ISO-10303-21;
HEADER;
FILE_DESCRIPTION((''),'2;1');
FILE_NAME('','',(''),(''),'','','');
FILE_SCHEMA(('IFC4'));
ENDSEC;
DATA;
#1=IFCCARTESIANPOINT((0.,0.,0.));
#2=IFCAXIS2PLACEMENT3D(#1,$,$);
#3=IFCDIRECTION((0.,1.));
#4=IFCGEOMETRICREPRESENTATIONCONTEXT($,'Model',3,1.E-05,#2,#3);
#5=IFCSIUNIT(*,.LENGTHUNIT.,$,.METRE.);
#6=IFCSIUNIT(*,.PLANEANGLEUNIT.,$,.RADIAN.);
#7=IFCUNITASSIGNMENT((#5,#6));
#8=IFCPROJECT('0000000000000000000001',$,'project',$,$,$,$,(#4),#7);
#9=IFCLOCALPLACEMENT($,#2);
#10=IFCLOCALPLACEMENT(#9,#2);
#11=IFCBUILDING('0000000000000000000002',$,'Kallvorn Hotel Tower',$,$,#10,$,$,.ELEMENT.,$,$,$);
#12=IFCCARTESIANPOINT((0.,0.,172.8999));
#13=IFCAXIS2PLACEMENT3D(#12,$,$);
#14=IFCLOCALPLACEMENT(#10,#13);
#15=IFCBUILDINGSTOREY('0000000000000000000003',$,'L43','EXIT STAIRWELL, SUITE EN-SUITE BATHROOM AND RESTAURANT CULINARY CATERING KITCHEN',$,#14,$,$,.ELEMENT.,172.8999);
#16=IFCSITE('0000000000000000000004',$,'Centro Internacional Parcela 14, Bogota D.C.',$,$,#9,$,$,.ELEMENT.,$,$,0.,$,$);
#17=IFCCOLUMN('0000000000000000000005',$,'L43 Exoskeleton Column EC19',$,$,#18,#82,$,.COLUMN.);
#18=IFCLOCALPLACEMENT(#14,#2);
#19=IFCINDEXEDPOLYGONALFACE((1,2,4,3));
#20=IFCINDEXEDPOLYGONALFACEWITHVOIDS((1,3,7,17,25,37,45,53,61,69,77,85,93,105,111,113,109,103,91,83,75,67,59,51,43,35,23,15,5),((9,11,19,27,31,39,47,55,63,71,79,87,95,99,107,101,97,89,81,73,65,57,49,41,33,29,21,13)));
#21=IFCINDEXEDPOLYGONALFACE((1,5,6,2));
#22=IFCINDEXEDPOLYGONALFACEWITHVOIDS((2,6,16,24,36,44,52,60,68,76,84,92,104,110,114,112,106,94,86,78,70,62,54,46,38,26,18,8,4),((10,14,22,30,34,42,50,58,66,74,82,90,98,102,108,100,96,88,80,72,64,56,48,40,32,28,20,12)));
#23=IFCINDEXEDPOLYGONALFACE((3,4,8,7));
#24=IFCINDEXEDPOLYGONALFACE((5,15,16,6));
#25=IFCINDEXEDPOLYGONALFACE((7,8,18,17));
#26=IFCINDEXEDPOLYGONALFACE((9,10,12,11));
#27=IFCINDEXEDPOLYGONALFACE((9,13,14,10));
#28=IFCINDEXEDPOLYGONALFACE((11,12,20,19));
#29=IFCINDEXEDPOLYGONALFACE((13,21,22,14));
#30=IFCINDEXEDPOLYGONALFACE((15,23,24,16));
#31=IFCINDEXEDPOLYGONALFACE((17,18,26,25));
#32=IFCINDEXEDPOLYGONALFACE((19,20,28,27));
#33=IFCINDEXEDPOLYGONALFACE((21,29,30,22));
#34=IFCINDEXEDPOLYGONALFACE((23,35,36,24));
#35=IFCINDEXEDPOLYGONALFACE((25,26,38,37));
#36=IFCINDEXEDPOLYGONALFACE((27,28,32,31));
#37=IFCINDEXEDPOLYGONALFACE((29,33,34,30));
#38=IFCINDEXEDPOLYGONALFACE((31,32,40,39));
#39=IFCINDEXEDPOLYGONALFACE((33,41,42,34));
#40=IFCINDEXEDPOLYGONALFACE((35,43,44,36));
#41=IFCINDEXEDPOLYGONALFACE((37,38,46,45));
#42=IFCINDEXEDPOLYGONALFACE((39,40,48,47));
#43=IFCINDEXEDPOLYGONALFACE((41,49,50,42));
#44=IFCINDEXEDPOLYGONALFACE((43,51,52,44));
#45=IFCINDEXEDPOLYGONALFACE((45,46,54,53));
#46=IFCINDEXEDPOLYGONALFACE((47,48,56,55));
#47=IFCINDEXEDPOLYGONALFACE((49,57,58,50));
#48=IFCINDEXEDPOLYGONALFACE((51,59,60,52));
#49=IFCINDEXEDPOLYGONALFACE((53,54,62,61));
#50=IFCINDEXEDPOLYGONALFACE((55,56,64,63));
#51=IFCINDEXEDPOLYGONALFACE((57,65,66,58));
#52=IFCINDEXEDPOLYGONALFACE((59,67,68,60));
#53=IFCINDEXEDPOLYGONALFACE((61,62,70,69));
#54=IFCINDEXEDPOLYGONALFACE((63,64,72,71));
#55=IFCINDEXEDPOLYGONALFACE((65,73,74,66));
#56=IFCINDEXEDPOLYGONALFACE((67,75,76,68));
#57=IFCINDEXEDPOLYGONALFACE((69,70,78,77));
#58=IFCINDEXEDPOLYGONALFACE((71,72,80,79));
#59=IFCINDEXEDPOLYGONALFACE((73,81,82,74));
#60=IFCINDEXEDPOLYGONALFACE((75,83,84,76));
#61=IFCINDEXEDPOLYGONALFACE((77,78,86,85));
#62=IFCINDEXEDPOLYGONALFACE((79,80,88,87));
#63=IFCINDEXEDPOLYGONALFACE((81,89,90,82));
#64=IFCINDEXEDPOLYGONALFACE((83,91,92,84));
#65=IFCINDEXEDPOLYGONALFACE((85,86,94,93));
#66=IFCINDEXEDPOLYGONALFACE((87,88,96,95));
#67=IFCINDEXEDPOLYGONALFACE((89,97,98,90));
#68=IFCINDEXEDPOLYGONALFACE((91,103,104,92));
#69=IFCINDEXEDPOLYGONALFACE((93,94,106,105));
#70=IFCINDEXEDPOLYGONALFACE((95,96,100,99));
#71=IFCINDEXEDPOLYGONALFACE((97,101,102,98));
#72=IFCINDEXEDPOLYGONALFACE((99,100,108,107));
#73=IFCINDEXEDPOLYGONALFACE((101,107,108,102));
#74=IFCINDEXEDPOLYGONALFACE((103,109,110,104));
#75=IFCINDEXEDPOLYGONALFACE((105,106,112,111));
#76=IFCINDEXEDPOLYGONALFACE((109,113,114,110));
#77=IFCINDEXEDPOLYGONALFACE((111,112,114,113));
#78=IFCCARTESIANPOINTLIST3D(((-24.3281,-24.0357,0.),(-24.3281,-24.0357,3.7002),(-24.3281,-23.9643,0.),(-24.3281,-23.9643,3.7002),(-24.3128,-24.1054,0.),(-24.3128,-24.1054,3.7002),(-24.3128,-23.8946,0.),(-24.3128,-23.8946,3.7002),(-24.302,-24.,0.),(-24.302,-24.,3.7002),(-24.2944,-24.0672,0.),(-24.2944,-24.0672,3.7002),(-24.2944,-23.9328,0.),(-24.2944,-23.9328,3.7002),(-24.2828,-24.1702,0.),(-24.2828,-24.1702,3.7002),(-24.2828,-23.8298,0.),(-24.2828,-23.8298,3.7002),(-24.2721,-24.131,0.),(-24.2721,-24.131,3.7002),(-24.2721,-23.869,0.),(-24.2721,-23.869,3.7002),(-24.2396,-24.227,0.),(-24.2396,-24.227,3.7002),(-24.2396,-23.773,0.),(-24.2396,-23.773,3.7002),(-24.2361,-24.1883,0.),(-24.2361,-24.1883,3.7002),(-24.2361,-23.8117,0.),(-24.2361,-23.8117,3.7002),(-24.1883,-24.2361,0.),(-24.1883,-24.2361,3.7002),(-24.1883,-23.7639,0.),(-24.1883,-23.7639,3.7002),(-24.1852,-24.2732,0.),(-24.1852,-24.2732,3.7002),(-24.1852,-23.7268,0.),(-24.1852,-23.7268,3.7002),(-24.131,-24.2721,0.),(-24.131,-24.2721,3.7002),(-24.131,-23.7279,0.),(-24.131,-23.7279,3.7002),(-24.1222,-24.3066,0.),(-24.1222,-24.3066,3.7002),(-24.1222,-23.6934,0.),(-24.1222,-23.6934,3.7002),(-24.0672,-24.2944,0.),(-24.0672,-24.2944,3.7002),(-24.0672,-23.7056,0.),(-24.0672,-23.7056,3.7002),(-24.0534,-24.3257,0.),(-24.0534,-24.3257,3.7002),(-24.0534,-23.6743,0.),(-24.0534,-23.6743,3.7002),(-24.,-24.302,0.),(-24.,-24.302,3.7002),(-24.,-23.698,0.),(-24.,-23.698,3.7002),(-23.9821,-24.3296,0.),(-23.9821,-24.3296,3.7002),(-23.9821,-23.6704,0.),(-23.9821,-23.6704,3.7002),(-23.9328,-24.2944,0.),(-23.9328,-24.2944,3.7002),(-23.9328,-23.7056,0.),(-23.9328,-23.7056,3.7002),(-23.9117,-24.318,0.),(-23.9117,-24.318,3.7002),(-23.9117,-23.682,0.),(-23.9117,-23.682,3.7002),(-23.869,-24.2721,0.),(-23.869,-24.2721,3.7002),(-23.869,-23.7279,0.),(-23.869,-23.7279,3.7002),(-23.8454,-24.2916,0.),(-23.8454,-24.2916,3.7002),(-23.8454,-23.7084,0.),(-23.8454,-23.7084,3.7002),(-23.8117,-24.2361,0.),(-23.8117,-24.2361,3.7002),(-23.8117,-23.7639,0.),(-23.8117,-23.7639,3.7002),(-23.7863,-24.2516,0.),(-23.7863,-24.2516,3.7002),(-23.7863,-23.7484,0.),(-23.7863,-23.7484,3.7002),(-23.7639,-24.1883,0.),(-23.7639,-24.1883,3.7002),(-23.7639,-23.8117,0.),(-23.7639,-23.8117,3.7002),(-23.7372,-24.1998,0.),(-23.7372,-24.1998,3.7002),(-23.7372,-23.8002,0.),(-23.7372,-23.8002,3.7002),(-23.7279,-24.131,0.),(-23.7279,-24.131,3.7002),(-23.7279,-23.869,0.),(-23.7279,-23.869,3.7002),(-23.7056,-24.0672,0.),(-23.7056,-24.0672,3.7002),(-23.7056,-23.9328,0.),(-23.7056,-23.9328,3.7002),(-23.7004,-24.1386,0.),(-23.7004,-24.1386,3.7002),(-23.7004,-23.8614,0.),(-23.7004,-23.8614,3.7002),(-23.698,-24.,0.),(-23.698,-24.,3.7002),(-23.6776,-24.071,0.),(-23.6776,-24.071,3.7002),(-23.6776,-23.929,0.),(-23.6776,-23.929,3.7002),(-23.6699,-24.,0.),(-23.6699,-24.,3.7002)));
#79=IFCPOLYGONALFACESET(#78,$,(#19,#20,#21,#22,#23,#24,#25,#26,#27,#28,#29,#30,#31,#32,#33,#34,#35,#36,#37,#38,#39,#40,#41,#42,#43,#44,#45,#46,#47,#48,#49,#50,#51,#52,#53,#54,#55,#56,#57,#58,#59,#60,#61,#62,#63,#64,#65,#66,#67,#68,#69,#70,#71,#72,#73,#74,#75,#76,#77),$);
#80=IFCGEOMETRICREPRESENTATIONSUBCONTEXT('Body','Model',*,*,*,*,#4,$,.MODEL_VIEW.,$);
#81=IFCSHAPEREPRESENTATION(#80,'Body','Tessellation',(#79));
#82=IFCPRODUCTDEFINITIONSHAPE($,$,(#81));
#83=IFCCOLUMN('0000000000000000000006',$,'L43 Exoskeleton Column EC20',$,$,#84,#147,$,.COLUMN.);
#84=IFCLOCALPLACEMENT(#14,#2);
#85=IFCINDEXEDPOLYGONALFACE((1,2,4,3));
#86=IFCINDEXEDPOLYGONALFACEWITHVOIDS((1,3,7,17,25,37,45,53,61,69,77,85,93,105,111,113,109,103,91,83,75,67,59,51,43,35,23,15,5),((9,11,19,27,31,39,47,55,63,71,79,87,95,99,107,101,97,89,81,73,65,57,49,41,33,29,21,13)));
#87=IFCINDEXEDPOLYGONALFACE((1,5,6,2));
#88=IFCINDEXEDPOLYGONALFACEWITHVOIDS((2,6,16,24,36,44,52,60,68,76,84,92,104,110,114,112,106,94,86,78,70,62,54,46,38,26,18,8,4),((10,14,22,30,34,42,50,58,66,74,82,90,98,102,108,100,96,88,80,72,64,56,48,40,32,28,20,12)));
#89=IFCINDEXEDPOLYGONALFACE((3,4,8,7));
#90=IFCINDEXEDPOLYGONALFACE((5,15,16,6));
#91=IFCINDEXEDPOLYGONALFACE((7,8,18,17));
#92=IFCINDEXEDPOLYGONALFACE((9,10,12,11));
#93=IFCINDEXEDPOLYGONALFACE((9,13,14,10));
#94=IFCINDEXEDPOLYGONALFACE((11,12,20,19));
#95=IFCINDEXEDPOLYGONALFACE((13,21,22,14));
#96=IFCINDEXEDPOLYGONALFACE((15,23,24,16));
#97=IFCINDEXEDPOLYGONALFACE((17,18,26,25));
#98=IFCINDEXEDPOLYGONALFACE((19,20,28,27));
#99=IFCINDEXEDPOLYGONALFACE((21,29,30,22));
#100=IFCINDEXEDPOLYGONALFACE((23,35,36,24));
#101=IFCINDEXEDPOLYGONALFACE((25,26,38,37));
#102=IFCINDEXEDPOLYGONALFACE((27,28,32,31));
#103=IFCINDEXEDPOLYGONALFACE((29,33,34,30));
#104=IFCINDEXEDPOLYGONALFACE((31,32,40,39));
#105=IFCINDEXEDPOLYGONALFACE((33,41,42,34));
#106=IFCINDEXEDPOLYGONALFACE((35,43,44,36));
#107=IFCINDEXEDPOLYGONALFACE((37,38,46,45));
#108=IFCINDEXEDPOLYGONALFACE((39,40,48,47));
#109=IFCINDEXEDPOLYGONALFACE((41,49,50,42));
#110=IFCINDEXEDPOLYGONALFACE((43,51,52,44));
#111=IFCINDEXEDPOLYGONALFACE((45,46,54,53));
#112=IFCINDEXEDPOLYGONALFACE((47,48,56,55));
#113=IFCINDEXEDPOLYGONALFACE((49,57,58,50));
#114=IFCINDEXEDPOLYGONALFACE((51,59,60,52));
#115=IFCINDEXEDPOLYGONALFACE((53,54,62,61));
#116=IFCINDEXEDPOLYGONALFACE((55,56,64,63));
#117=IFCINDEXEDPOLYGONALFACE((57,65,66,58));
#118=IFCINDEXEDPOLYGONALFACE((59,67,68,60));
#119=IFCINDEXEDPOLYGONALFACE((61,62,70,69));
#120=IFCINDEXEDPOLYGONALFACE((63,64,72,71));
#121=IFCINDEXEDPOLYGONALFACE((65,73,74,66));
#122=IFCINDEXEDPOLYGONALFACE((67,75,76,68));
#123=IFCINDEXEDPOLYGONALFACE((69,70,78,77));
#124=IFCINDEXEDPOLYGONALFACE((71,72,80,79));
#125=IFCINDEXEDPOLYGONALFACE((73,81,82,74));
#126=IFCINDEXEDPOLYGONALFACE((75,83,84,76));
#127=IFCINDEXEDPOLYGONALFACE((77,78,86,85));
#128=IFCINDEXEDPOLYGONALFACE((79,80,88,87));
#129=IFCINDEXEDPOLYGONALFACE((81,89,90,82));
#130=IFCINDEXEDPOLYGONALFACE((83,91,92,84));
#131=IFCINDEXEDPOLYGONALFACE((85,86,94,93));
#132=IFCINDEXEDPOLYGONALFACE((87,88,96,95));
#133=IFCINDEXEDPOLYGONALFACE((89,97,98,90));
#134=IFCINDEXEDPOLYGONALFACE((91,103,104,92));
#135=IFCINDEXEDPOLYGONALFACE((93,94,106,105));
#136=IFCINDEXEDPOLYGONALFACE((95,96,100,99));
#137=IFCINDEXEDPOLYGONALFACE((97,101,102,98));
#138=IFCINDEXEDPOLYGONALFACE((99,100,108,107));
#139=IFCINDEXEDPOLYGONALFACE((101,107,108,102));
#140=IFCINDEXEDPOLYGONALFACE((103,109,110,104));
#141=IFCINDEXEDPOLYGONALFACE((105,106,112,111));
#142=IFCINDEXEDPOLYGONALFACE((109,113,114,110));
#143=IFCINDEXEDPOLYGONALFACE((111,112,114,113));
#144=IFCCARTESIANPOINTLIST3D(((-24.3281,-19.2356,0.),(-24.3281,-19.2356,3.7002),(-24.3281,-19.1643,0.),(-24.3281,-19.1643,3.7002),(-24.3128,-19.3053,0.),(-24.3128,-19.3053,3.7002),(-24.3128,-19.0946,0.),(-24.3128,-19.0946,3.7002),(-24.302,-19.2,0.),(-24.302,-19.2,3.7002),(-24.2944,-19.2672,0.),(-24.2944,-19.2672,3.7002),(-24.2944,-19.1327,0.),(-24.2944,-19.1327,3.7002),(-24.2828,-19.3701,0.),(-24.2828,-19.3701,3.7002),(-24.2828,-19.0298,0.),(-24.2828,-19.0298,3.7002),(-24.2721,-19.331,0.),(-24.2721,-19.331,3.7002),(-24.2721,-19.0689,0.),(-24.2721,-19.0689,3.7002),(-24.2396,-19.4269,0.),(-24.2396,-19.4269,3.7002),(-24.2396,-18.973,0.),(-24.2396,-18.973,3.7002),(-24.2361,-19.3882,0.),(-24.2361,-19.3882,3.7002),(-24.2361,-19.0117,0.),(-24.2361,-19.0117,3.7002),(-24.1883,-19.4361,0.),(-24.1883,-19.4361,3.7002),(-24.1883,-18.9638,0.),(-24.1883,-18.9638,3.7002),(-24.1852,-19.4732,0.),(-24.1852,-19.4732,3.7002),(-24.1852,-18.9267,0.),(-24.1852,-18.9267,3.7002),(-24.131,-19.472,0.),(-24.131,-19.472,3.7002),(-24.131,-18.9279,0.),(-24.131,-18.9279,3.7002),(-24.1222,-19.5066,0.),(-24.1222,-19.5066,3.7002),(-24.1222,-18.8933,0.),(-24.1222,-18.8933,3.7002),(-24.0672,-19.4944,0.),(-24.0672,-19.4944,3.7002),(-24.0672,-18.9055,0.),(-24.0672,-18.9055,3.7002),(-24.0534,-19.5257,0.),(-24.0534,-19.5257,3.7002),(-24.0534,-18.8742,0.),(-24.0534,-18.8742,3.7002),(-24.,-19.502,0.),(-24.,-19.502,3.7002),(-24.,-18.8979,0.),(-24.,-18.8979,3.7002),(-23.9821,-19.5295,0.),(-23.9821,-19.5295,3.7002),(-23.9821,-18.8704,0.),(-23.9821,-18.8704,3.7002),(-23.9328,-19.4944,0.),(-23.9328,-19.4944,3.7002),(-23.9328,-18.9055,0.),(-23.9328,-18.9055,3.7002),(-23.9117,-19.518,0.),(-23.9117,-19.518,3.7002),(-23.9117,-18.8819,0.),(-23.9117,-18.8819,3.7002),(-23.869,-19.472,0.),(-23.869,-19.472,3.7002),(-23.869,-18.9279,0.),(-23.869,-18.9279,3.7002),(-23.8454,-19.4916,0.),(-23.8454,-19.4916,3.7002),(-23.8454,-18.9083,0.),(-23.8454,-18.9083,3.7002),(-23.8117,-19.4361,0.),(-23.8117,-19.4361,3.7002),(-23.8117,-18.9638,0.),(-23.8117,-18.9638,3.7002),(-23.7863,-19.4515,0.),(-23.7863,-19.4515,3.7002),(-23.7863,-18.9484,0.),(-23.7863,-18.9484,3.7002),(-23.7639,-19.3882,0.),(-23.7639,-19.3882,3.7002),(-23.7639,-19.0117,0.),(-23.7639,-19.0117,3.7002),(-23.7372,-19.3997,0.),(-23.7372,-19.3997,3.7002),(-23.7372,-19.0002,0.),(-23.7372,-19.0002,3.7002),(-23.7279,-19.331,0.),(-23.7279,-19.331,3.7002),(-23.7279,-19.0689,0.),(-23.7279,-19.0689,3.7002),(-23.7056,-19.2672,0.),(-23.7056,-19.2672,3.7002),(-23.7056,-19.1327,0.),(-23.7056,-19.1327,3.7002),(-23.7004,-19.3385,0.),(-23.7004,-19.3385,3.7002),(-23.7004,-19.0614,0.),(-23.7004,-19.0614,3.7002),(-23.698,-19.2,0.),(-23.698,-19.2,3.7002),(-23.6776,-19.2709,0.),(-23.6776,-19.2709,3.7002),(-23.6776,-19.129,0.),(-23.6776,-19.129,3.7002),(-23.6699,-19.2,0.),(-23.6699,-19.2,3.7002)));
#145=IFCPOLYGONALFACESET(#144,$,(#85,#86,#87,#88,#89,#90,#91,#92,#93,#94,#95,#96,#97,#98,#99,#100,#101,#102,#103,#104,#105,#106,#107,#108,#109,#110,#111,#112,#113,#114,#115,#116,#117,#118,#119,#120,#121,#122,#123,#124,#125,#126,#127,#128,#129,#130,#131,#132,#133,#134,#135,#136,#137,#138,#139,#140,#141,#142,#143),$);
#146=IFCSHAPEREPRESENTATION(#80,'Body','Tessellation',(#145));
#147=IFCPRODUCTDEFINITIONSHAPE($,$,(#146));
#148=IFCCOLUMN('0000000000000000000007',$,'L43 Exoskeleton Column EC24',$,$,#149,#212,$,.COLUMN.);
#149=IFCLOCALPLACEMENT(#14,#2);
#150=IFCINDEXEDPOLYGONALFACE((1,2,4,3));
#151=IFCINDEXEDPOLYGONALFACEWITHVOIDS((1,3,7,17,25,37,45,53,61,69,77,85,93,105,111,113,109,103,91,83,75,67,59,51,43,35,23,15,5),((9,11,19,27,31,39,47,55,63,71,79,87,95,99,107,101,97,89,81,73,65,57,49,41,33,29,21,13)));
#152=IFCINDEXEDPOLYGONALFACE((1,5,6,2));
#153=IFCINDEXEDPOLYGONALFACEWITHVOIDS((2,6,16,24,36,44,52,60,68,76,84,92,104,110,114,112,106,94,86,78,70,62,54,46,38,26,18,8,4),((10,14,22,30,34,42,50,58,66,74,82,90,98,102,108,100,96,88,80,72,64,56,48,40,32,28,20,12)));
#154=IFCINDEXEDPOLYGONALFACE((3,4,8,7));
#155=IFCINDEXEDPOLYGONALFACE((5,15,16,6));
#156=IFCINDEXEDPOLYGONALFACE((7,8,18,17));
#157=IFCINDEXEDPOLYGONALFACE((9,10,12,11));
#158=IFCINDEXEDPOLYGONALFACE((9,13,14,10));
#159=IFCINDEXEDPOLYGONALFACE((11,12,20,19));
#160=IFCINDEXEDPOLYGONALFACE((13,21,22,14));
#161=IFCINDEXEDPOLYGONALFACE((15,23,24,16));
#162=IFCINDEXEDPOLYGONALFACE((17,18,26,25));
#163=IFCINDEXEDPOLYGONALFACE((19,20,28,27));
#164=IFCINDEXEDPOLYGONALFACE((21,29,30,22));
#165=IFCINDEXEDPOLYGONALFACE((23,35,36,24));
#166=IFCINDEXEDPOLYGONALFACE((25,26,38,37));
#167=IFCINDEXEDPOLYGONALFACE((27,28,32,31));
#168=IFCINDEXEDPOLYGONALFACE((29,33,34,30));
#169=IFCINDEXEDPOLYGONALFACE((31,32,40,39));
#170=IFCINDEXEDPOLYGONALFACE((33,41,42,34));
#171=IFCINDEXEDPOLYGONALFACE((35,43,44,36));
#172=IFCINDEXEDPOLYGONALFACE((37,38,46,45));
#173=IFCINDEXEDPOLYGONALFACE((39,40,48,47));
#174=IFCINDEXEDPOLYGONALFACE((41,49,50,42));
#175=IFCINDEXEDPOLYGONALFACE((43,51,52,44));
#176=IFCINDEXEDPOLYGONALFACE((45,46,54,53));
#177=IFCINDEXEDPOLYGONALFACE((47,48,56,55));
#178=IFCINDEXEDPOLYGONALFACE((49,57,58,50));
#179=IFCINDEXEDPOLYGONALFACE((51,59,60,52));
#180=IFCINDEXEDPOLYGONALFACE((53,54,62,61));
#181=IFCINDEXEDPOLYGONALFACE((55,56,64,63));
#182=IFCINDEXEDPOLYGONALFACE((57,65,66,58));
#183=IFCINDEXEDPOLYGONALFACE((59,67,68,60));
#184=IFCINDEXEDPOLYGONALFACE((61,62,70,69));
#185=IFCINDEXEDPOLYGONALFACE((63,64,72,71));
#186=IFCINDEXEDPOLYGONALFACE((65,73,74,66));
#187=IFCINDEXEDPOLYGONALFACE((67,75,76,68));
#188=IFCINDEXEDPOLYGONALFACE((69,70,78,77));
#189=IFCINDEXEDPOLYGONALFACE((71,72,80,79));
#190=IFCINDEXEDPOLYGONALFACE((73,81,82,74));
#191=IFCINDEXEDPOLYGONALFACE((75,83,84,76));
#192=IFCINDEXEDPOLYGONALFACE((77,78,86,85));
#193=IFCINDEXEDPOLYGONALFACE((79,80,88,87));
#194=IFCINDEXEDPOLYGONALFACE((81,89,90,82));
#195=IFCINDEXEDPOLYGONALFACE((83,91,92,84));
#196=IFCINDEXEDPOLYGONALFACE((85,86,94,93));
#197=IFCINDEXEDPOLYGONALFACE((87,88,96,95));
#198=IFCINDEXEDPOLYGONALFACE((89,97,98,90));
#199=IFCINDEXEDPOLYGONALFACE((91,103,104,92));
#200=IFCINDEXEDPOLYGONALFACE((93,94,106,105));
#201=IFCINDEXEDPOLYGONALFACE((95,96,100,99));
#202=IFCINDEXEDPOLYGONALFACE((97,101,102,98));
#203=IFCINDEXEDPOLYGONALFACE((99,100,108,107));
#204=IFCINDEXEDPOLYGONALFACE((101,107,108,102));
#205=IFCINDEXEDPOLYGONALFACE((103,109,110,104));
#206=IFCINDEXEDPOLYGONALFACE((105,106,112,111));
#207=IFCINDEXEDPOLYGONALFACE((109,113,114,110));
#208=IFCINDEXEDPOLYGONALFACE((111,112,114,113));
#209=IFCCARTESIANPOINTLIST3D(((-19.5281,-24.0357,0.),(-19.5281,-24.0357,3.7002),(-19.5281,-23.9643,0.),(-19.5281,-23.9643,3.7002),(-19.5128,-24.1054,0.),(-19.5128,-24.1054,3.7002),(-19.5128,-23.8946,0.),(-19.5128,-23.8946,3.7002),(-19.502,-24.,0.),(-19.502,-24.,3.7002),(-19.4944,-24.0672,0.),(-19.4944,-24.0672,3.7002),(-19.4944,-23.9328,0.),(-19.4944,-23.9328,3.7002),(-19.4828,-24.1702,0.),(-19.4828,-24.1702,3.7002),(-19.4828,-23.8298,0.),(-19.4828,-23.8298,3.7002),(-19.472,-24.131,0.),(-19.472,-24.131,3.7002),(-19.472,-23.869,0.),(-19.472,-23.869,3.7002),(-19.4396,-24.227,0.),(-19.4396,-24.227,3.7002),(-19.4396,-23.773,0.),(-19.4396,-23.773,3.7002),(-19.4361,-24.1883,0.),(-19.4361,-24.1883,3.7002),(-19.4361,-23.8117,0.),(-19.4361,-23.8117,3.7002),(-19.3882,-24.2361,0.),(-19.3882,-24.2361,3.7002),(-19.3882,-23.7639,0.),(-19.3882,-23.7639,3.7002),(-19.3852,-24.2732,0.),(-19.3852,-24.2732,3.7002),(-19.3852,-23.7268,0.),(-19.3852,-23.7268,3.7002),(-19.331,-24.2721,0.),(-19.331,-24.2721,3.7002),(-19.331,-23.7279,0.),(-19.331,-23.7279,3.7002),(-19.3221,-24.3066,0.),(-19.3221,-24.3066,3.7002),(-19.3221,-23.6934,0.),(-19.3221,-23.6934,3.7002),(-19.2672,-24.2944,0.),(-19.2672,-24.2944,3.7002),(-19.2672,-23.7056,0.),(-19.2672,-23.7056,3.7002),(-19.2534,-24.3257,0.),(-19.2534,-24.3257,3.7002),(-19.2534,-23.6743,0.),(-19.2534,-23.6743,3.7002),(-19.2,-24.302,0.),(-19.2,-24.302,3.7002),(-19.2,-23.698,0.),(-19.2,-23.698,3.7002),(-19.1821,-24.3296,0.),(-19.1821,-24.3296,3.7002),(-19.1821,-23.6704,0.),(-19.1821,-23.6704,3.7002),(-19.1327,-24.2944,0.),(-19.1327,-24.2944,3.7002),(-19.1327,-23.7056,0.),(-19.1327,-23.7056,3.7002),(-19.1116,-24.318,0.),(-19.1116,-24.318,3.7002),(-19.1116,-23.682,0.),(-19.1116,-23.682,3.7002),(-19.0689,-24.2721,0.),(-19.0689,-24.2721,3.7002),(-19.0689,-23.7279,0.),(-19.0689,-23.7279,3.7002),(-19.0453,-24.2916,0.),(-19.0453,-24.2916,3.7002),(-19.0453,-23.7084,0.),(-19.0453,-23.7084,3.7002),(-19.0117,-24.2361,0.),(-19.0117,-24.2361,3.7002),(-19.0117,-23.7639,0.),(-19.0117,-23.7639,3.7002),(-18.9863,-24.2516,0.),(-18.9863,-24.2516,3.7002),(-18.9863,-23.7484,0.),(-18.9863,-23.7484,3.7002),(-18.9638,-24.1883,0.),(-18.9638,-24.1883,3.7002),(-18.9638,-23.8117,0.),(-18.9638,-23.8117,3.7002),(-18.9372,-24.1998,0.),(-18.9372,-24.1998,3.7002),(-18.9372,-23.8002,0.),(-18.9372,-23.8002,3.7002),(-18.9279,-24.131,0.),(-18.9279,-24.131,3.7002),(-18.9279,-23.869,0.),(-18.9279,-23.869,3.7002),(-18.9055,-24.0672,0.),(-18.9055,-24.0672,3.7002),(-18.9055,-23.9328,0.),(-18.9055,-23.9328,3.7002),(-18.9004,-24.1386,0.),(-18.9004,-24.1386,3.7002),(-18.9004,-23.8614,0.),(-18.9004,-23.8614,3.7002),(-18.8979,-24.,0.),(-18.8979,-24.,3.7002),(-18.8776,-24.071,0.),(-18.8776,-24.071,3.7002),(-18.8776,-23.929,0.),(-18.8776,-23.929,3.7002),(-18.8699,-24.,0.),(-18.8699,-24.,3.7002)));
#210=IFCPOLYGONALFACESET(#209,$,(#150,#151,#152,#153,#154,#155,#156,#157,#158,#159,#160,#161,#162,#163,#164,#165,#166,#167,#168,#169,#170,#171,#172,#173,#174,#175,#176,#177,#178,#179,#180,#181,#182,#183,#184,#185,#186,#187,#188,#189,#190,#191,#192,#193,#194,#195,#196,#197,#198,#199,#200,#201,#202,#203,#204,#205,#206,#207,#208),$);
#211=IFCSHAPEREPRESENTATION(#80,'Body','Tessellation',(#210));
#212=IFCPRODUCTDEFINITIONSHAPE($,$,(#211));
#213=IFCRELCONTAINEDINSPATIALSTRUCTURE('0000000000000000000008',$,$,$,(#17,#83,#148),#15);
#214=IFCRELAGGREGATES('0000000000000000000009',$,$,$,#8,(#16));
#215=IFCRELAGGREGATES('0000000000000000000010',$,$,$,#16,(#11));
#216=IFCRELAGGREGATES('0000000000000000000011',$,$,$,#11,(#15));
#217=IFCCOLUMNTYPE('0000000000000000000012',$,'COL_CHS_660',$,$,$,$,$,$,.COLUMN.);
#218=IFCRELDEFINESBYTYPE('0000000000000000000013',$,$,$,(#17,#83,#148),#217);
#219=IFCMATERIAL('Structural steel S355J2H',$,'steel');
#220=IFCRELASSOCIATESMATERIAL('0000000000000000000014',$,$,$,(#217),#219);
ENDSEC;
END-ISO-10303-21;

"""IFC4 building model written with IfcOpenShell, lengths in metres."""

from ifc_helpers import new_model, si_unit, direction, frame, origin, origin_2d, place, context, subcontext, project, spatial, hollow_circle, extrude, material, material_profile, profile_set, type_object, element, save


model = new_model("IFC4")

# Units and contexts
model_context = context("Model", 3, precision=1e-05, world=origin(), true_north=direction((0.0, 1.0)))
body_context = subcontext(model_context, "Body", "Model", "MODEL_VIEW")
ifc_project = project(units=[si_unit("LENGTHUNIT", "METRE"), si_unit("PLANEANGLEUNIT", "RADIAN")], contexts=[model_context])

# Site, building, storey
site_placement = place(None, origin())
site = spatial("IfcSite", under=ifc_project, at=site_placement, Name="Centro Internacional Parcela 14, Bogota D.C.", CompositionType="ELEMENT", RefElevation=0.0)
building_placement = place(site_placement, origin())
building = spatial("IfcBuilding", under=site, at=building_placement, Name="Kallvorn Hotel Tower", CompositionType="ELEMENT")
storey_placement = place(building_placement, frame((0.0, 0.0, 172.8999)))
storey = spatial("IfcBuildingStorey", under=building, at=storey_placement, Name="L43", Description="EXIT STAIRWELL, SUITE EN-SUITE BATHROOM AND RESTAURANT CULINARY CATERING KITCHEN", CompositionType="ELEMENT", Elevation=172.8999)

# Columns
ifc_material_1 = material(Name="Structural steel S355J2H", Category="steel")
ifc_material_profile_1 = material_profile(ifc_material_1, hollow_circle(Radius=0.3301, WallThickness=0.0281, at=origin_2d()), Name="CHS 660x28")
ifc_profile_set_1 = profile_set([ifc_material_profile_1], Name="Structural steel S355J2H")
column_type = type_object("IfcColumnType", Name="COL_CHS_660", PredefinedType="COLUMN", material=ifc_profile_set_1)
for number, where, z_axis, x_axis, name in (
    (1, (-24.0, -24.0, 0.0), (0.0, 0.0, 1.0), (1.0, 0.0, 0.0), "L43 Exoskeleton Column EC19"),
    (2, (-24.0, -19.2, 0.0), (0.0, 0.0, 1.0), (1.0, 0.0, 0.0), "L43 Exoskeleton Column EC20"),
    (3, (-19.2, -24.0, 0.0), (0.0, 0.0, 1.0), (1.0, 0.0, 0.0), "L43 Exoskeleton Column EC24"),
):
    element("IfcColumn", number, at=place(storey_placement, frame(where, z_axis=z_axis, x_axis=x_axis)), inside=storey, type_object=column_type, Name=name, PredefinedType="COLUMN", context=body_context, shape_type="SweptSolid", body=[
        extrude(hollow_circle(Radius=0.3301, WallThickness=0.0281, at=origin_2d()), origin(), (0.0, 0.0, 1.0), 3.7002),
    ])

save(model, "model.ifc")
